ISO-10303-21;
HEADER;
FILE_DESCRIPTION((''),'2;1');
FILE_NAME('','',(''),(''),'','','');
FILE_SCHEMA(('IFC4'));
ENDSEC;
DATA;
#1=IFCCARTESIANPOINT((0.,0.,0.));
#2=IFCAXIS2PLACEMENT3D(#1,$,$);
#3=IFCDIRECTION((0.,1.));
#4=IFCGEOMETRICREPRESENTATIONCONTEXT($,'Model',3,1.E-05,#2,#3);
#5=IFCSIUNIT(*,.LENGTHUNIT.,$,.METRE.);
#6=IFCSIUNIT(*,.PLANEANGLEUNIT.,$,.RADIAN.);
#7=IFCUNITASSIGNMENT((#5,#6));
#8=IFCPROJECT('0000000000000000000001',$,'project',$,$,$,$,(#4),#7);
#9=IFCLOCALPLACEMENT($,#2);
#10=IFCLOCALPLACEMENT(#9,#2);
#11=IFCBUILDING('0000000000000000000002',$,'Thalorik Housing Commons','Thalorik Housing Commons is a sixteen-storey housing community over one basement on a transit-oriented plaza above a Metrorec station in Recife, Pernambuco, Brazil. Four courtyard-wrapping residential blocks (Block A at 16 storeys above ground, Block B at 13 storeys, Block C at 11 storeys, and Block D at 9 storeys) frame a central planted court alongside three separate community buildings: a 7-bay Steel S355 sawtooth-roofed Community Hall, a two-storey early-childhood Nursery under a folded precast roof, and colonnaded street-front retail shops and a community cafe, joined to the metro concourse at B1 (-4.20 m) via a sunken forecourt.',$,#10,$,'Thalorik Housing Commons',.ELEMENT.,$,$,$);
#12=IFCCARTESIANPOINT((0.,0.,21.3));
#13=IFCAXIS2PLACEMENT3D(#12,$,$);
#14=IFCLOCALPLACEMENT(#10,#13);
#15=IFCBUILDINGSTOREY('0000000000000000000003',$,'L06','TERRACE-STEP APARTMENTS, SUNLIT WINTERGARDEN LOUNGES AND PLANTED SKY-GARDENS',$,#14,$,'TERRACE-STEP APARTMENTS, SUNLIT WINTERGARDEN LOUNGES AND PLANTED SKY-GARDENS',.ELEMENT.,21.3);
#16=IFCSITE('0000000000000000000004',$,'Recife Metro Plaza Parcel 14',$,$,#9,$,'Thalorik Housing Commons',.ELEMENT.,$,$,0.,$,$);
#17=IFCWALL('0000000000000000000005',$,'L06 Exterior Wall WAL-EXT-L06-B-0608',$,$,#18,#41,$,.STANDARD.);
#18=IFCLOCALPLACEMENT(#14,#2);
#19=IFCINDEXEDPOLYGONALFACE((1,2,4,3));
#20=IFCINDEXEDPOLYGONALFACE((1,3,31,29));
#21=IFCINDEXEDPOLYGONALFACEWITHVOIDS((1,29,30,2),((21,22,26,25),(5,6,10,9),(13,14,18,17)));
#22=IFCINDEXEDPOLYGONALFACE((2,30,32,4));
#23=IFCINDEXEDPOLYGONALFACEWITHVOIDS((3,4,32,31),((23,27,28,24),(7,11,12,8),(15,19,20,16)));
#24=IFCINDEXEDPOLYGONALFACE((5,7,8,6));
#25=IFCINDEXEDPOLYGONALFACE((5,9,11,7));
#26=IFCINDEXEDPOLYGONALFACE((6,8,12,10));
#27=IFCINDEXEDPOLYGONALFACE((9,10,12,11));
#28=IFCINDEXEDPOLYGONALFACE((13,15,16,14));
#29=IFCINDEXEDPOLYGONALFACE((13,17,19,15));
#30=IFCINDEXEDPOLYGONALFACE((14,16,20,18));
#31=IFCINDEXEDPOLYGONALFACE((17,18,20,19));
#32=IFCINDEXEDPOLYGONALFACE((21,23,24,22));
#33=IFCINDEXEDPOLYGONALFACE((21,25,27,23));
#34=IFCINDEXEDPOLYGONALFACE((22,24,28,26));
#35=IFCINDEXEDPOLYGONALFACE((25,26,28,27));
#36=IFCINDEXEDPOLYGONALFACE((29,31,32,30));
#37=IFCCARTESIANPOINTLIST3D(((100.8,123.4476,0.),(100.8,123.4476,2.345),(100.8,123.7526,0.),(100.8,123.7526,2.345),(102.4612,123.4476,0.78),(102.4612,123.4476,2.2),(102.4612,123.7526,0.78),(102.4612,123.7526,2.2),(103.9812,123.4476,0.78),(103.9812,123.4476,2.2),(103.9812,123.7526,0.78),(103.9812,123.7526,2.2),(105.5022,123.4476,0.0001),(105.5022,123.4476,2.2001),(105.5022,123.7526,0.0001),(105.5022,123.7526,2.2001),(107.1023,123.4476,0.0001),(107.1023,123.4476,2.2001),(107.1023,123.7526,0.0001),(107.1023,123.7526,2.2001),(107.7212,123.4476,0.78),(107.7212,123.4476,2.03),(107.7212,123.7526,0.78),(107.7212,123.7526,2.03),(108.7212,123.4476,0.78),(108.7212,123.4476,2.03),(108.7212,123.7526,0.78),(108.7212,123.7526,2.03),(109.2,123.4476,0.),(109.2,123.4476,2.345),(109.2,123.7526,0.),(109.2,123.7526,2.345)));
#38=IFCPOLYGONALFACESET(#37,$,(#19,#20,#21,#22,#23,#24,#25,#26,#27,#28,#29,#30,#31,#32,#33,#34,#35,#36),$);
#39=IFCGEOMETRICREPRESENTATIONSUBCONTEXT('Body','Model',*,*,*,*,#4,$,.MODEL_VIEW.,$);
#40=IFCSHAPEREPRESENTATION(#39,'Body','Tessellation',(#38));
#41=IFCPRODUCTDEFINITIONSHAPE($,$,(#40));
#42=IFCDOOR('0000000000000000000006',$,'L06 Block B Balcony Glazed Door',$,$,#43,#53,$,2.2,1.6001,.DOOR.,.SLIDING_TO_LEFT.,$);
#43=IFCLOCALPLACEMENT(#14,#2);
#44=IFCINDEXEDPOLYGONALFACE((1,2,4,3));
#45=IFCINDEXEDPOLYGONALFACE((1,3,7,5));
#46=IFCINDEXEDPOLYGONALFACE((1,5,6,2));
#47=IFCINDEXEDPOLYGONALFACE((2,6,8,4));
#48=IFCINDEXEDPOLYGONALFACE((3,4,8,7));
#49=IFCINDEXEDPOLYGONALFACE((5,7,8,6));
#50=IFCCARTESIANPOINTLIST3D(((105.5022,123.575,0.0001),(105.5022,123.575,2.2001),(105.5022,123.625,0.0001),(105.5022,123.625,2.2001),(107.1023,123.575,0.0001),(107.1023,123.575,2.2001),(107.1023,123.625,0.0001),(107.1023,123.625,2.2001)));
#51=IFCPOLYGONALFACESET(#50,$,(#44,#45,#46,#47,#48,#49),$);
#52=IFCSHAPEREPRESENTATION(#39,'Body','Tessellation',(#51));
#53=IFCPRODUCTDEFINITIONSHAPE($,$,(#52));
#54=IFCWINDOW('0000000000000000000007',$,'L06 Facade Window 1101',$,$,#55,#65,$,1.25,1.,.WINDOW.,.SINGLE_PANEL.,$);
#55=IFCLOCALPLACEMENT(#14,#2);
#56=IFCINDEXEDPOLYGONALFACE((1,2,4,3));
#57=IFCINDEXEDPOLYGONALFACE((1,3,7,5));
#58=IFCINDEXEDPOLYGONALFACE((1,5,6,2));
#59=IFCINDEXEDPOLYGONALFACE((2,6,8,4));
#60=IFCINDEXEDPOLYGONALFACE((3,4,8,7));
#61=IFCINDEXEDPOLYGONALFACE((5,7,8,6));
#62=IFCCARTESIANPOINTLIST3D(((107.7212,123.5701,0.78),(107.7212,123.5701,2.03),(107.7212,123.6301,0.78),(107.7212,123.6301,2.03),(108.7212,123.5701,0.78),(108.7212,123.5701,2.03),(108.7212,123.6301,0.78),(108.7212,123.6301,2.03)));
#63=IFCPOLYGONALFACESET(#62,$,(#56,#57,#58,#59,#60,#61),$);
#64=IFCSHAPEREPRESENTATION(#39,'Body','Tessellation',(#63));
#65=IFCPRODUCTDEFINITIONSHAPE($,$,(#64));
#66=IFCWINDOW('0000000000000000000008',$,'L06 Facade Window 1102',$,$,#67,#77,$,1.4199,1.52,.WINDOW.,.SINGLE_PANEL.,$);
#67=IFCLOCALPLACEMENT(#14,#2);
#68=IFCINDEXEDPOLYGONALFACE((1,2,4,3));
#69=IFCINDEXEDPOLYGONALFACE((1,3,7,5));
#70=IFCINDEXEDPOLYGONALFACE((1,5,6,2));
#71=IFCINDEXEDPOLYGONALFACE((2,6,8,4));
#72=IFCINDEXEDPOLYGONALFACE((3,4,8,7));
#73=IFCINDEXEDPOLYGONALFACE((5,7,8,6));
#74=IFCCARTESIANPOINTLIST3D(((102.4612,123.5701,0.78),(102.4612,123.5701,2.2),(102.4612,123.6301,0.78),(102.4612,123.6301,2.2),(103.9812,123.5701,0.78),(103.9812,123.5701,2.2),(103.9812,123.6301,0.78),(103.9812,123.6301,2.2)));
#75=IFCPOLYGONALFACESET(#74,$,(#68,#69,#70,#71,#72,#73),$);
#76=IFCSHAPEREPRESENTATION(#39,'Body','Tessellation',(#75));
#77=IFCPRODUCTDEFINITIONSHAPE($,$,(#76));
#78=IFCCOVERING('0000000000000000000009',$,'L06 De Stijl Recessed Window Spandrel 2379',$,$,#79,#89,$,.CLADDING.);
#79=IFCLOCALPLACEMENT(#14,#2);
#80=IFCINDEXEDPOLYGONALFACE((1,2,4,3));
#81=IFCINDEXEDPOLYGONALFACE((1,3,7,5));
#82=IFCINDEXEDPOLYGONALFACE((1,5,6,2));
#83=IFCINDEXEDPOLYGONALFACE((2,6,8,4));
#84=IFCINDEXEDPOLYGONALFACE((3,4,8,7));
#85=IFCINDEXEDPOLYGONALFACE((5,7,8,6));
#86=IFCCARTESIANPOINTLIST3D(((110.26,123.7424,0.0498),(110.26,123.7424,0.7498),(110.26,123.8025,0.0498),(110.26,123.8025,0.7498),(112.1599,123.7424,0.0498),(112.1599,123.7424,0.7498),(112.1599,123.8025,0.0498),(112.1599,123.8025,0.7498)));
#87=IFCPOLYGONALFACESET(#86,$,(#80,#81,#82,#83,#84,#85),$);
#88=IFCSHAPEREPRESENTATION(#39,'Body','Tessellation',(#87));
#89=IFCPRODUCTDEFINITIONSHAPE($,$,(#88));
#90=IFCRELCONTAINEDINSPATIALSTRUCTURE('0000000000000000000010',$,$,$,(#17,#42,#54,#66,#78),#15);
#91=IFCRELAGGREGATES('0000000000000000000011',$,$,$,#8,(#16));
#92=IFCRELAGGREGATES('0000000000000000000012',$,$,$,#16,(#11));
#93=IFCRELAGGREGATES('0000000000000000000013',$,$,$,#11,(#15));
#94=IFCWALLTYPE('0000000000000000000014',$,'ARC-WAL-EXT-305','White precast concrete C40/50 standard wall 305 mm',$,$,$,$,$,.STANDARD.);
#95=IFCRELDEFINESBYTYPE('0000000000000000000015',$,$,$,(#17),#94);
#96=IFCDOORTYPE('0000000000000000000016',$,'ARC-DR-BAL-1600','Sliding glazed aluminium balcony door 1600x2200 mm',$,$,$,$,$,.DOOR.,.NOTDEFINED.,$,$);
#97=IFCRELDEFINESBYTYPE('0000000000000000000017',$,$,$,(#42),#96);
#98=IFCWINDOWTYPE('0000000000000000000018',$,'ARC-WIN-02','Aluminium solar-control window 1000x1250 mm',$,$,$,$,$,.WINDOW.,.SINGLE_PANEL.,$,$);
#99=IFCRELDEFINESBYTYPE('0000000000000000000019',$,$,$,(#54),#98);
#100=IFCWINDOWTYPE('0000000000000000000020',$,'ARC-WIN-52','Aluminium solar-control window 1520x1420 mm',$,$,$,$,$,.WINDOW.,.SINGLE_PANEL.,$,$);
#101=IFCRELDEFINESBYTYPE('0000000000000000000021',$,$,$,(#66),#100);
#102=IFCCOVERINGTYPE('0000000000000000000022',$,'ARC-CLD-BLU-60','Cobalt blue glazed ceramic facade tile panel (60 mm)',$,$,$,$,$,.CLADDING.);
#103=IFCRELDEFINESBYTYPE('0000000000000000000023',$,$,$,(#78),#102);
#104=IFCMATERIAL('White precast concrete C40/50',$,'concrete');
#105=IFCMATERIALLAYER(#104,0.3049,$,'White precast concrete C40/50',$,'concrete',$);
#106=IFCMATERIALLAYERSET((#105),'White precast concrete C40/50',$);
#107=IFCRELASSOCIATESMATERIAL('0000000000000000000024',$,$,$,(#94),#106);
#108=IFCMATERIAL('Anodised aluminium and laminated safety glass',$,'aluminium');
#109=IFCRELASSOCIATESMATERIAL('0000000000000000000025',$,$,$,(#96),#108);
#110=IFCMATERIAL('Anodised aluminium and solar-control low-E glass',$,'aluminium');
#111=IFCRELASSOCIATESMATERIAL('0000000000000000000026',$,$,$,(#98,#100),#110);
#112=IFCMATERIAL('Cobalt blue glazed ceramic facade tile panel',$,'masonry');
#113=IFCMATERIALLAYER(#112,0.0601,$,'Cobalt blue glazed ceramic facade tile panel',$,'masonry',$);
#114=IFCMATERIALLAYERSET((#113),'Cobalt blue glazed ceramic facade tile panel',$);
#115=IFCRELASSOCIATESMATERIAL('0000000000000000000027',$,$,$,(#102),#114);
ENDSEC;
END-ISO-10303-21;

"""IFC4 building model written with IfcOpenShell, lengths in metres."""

from ifc_helpers import new_model, si_unit, direction, frame, frame_2d, origin, origin_2d, place, context, subcontext, project, spatial, rectangle, extrude, material, layer, layer_set, type_object, element, fill, save


model = new_model("IFC4")

# Units and contexts
model_context = context("Model", 3, precision=1e-05, world=origin(), true_north=direction((0.0, 1.0)))
body_context = subcontext(model_context, "Body", "Model", "MODEL_VIEW")
ifc_project = project(units=[si_unit("LENGTHUNIT", "METRE"), si_unit("PLANEANGLEUNIT", "RADIAN")], contexts=[model_context])

# Site, building, storey
site_placement = place(None, origin())
site = spatial("IfcSite", under=ifc_project, at=site_placement, Name="Recife Metro Plaza Parcel 14", LongName="Thalorik Housing Commons", CompositionType="ELEMENT", RefElevation=0.0)
building_placement = place(site_placement, origin())
building = spatial("IfcBuilding", under=site, at=building_placement, Name="Thalorik Housing Commons", Description="Thalorik Housing Commons is a sixteen-storey housing community over one basement on a transit-oriented plaza above a Metrorec station in Recife, Pernambuco, Brazil. Four courtyard-wrapping residential blocks (Block A at 16 storeys above ground, Block B at 13 storeys, Block C at 11 storeys, and Block D at 9 storeys) frame a central planted court alongside three separate community buildings: a 7-bay Steel S355 sawtooth-roofed Community Hall, a two-storey early-childhood Nursery under a folded precast roof, and colonnaded street-front retail shops and a community cafe, joined to the metro concourse at B1 (-4.20 m) via a sunken forecourt.", LongName="Thalorik Housing Commons", CompositionType="ELEMENT")
storey_placement = place(building_placement, frame((0.0, 0.0, 21.3)))
storey = spatial("IfcBuildingStorey", under=building, at=storey_placement, Name="L06", Description="TERRACE-STEP APARTMENTS, SUNLIT WINTERGARDEN LOUNGES AND PLANTED SKY-GARDENS", LongName="TERRACE-STEP APARTMENTS, SUNLIT WINTERGARDEN LOUNGES AND PLANTED SKY-GARDENS", CompositionType="ELEMENT", Elevation=21.3)

# Shared definitions
ifc_material_1 = material(Name="White precast concrete C40/50", Category="concrete")
ifc_layer_1 = layer(ifc_material_1, 0.3049, Name="White precast concrete C40/50", Category="concrete")
ifc_layer_set_1 = layer_set([ifc_layer_1], Name="White precast concrete C40/50")
wall_type = type_object("IfcWallType", Name="ARC-WAL-EXT-305", Description="White precast concrete C40/50 standard wall 305 mm", PredefinedType="STANDARD", material=ifc_layer_set_1)
ifc_material_2 = material(Name="Anodised aluminium and laminated safety glass", Category="aluminium")
ifc_material_3 = material(Name="Anodised aluminium and solar-control low-E glass", Category="aluminium")

# Wall, openings, door, windows
wall_1_placement = place(storey_placement, frame((109.2, 123.6001, 0.0), z_axis=(0.0, 0.0, 1.0), x_axis=(-1.0, 0.0, 0.0)))
wall_1 = element("IfcWall", 1, at=wall_1_placement, inside=storey, type_object=wall_type, Name="L06 Exterior Wall WAL-EXT-L06-B-0608", PredefinedType="STANDARD", context=body_context, shape_type="SweptSolid", body=[
    extrude(rectangle(XDim=8.3999, YDim=0.3049, at=frame_2d((4.2, 0.0))), origin(), (0.0, 0.0, 1.0), 2.345),
])
opening_1_placement = place(wall_1_placement, frame((2.0977, 0.0, 0.0)))
opening_1 = element("IfcOpeningElement", 2, at=opening_1_placement, cuts=wall_1, PredefinedType="OPENING", context=body_context, shape_type="SweptSolid", body=[
    extrude(rectangle(XDim=1.6001, YDim=2.2, at=frame_2d((0.8, 1.1001))), frame((0.0, 0.1626, 0.0), z_axis=(0.0, -1.0, 0.0), x_axis=(1.0, 0.0, 0.0)), (0.0, 0.0, 1.0), 0.325),
])
opening_2_placement = place(wall_1_placement, frame((0.4788, 0.0, 0.78)))
opening_2 = element("IfcOpeningElement", 3, at=opening_2_placement, cuts=wall_1, PredefinedType="OPENING", context=body_context, shape_type="SweptSolid", body=[
    extrude(rectangle(XDim=1.0, YDim=1.25, at=frame_2d((0.5, 0.625))), frame((0.0, 0.1626, 0.0), z_axis=(0.0, -1.0, 0.0), x_axis=(1.0, 0.0, 0.0)), (0.0, 0.0, 1.0), 0.325),
])
opening_3_placement = place(wall_1_placement, frame((5.2188, 0.0, 0.78)))
opening_3 = element("IfcOpeningElement", 4, at=opening_3_placement, cuts=wall_1, PredefinedType="OPENING", context=body_context, shape_type="SweptSolid", body=[
    extrude(rectangle(XDim=1.52, YDim=1.4199, at=frame_2d((0.76, 0.71))), frame((0.0, 0.1626, 0.0), z_axis=(0.0, -1.0, 0.0), x_axis=(1.0, 0.0, 0.0)), (0.0, 0.0, 1.0), 0.325),
])
door_type_1 = type_object("IfcDoorType", Name="ARC-DR-BAL-1600", Description="Sliding glazed aluminium balcony door 1600x2200 mm", OperationType="NOTDEFINED", PredefinedType="DOOR", material=ifc_material_2)
door_1_placement = place(opening_1_placement, frame((1.6001, 0.0, 0.0), z_axis=(0.0, 0.0, 1.0), x_axis=(-1.0, 0.0, 0.0)))
door_1 = element("IfcDoor", 5, at=door_1_placement, inside=storey, type_object=door_type_1, Name="L06 Block B Balcony Glazed Door", OperationType="SLIDING_TO_LEFT", OverallHeight=2.2, OverallWidth=1.6001, PredefinedType="DOOR", context=body_context, shape_type="SweptSolid", body=[
    extrude(rectangle(XDim=1.6001, YDim=2.2, at=frame_2d((0.8, 1.1001))), frame((0.0, 0.0249, 0.0), z_axis=(0.0, -1.0, 0.0), x_axis=(1.0, 0.0, 0.0)), (0.0, 0.0, 1.0), 0.05),
])
fill(opening_1, door_1)
window_type_1 = type_object("IfcWindowType", Name="ARC-WIN-02", Description="Aluminium solar-control window 1000x1250 mm", PartitioningType="SINGLE_PANEL", PredefinedType="WINDOW", material=ifc_material_3)
window_1_placement = place(opening_2_placement, origin())
window_1 = element("IfcWindow", 6, at=window_1_placement, inside=storey, type_object=window_type_1, Name="L06 Facade Window 1101", OverallHeight=1.25, OverallWidth=1.0, PartitioningType="SINGLE_PANEL", PredefinedType="WINDOW", context=body_context, shape_type="SweptSolid", body=[
    extrude(rectangle(XDim=1.0, YDim=1.25, at=frame_2d((0.5, 0.625))), frame((0.0, 0.03, 0.0), z_axis=(0.0, -1.0, 0.0), x_axis=(1.0, 0.0, 0.0)), (0.0, 0.0, 1.0), 0.0601),
])
fill(opening_2, window_1)
window_type_2 = type_object("IfcWindowType", Name="ARC-WIN-52", Description="Aluminium solar-control window 1520x1420 mm", PartitioningType="SINGLE_PANEL", PredefinedType="WINDOW", material=ifc_material_3)
window_2_placement = place(opening_3_placement, origin())
window_2 = element("IfcWindow", 7, at=window_2_placement, inside=storey, type_object=window_type_2, Name="L06 Facade Window 1102", OverallHeight=1.4199, OverallWidth=1.52, PartitioningType="SINGLE_PANEL", PredefinedType="WINDOW", context=body_context, shape_type="SweptSolid", body=[
    extrude(rectangle(XDim=1.52, YDim=1.4199, at=frame_2d((0.76, 0.71))), frame((0.0, 0.03, 0.0), z_axis=(0.0, -1.0, 0.0), x_axis=(1.0, 0.0, 0.0)), (0.0, 0.0, 1.0), 0.0601),
])
fill(opening_3, window_2)

# Covering
ifc_material_4 = material(Name="Cobalt blue glazed ceramic facade tile panel", Category="masonry")
ifc_layer_2 = layer(ifc_material_4, 0.0601, Name="Cobalt blue glazed ceramic facade tile panel", Category="masonry")
ifc_layer_set_2 = layer_set([ifc_layer_2], Name="Cobalt blue glazed ceramic facade tile panel")
covering_type_1 = type_object("IfcCoveringType", Name="ARC-CLD-BLU-60", Description="Cobalt blue glazed ceramic facade tile panel (60 mm)", PredefinedType="CLADDING", material=ifc_layer_set_2)
covering_1_placement = place(storey_placement, frame((111.21, 123.7725, 0.0498), z_axis=(0.0, 0.0, 1.0), x_axis=(-1.0, 0.0, 0.0)))
element("IfcCovering", 8, at=covering_1_placement, inside=storey, type_object=covering_type_1, Name="L06 De Stijl Recessed Window Spandrel 2379", PredefinedType="CLADDING", context=body_context, shape_type="SweptSolid", body=[
    extrude(rectangle(XDim=1.8999, YDim=0.0601, at=origin_2d()), origin(), (0.0, 0.0, 1.0), 0.7),
])

save(model, "model.ifc")
